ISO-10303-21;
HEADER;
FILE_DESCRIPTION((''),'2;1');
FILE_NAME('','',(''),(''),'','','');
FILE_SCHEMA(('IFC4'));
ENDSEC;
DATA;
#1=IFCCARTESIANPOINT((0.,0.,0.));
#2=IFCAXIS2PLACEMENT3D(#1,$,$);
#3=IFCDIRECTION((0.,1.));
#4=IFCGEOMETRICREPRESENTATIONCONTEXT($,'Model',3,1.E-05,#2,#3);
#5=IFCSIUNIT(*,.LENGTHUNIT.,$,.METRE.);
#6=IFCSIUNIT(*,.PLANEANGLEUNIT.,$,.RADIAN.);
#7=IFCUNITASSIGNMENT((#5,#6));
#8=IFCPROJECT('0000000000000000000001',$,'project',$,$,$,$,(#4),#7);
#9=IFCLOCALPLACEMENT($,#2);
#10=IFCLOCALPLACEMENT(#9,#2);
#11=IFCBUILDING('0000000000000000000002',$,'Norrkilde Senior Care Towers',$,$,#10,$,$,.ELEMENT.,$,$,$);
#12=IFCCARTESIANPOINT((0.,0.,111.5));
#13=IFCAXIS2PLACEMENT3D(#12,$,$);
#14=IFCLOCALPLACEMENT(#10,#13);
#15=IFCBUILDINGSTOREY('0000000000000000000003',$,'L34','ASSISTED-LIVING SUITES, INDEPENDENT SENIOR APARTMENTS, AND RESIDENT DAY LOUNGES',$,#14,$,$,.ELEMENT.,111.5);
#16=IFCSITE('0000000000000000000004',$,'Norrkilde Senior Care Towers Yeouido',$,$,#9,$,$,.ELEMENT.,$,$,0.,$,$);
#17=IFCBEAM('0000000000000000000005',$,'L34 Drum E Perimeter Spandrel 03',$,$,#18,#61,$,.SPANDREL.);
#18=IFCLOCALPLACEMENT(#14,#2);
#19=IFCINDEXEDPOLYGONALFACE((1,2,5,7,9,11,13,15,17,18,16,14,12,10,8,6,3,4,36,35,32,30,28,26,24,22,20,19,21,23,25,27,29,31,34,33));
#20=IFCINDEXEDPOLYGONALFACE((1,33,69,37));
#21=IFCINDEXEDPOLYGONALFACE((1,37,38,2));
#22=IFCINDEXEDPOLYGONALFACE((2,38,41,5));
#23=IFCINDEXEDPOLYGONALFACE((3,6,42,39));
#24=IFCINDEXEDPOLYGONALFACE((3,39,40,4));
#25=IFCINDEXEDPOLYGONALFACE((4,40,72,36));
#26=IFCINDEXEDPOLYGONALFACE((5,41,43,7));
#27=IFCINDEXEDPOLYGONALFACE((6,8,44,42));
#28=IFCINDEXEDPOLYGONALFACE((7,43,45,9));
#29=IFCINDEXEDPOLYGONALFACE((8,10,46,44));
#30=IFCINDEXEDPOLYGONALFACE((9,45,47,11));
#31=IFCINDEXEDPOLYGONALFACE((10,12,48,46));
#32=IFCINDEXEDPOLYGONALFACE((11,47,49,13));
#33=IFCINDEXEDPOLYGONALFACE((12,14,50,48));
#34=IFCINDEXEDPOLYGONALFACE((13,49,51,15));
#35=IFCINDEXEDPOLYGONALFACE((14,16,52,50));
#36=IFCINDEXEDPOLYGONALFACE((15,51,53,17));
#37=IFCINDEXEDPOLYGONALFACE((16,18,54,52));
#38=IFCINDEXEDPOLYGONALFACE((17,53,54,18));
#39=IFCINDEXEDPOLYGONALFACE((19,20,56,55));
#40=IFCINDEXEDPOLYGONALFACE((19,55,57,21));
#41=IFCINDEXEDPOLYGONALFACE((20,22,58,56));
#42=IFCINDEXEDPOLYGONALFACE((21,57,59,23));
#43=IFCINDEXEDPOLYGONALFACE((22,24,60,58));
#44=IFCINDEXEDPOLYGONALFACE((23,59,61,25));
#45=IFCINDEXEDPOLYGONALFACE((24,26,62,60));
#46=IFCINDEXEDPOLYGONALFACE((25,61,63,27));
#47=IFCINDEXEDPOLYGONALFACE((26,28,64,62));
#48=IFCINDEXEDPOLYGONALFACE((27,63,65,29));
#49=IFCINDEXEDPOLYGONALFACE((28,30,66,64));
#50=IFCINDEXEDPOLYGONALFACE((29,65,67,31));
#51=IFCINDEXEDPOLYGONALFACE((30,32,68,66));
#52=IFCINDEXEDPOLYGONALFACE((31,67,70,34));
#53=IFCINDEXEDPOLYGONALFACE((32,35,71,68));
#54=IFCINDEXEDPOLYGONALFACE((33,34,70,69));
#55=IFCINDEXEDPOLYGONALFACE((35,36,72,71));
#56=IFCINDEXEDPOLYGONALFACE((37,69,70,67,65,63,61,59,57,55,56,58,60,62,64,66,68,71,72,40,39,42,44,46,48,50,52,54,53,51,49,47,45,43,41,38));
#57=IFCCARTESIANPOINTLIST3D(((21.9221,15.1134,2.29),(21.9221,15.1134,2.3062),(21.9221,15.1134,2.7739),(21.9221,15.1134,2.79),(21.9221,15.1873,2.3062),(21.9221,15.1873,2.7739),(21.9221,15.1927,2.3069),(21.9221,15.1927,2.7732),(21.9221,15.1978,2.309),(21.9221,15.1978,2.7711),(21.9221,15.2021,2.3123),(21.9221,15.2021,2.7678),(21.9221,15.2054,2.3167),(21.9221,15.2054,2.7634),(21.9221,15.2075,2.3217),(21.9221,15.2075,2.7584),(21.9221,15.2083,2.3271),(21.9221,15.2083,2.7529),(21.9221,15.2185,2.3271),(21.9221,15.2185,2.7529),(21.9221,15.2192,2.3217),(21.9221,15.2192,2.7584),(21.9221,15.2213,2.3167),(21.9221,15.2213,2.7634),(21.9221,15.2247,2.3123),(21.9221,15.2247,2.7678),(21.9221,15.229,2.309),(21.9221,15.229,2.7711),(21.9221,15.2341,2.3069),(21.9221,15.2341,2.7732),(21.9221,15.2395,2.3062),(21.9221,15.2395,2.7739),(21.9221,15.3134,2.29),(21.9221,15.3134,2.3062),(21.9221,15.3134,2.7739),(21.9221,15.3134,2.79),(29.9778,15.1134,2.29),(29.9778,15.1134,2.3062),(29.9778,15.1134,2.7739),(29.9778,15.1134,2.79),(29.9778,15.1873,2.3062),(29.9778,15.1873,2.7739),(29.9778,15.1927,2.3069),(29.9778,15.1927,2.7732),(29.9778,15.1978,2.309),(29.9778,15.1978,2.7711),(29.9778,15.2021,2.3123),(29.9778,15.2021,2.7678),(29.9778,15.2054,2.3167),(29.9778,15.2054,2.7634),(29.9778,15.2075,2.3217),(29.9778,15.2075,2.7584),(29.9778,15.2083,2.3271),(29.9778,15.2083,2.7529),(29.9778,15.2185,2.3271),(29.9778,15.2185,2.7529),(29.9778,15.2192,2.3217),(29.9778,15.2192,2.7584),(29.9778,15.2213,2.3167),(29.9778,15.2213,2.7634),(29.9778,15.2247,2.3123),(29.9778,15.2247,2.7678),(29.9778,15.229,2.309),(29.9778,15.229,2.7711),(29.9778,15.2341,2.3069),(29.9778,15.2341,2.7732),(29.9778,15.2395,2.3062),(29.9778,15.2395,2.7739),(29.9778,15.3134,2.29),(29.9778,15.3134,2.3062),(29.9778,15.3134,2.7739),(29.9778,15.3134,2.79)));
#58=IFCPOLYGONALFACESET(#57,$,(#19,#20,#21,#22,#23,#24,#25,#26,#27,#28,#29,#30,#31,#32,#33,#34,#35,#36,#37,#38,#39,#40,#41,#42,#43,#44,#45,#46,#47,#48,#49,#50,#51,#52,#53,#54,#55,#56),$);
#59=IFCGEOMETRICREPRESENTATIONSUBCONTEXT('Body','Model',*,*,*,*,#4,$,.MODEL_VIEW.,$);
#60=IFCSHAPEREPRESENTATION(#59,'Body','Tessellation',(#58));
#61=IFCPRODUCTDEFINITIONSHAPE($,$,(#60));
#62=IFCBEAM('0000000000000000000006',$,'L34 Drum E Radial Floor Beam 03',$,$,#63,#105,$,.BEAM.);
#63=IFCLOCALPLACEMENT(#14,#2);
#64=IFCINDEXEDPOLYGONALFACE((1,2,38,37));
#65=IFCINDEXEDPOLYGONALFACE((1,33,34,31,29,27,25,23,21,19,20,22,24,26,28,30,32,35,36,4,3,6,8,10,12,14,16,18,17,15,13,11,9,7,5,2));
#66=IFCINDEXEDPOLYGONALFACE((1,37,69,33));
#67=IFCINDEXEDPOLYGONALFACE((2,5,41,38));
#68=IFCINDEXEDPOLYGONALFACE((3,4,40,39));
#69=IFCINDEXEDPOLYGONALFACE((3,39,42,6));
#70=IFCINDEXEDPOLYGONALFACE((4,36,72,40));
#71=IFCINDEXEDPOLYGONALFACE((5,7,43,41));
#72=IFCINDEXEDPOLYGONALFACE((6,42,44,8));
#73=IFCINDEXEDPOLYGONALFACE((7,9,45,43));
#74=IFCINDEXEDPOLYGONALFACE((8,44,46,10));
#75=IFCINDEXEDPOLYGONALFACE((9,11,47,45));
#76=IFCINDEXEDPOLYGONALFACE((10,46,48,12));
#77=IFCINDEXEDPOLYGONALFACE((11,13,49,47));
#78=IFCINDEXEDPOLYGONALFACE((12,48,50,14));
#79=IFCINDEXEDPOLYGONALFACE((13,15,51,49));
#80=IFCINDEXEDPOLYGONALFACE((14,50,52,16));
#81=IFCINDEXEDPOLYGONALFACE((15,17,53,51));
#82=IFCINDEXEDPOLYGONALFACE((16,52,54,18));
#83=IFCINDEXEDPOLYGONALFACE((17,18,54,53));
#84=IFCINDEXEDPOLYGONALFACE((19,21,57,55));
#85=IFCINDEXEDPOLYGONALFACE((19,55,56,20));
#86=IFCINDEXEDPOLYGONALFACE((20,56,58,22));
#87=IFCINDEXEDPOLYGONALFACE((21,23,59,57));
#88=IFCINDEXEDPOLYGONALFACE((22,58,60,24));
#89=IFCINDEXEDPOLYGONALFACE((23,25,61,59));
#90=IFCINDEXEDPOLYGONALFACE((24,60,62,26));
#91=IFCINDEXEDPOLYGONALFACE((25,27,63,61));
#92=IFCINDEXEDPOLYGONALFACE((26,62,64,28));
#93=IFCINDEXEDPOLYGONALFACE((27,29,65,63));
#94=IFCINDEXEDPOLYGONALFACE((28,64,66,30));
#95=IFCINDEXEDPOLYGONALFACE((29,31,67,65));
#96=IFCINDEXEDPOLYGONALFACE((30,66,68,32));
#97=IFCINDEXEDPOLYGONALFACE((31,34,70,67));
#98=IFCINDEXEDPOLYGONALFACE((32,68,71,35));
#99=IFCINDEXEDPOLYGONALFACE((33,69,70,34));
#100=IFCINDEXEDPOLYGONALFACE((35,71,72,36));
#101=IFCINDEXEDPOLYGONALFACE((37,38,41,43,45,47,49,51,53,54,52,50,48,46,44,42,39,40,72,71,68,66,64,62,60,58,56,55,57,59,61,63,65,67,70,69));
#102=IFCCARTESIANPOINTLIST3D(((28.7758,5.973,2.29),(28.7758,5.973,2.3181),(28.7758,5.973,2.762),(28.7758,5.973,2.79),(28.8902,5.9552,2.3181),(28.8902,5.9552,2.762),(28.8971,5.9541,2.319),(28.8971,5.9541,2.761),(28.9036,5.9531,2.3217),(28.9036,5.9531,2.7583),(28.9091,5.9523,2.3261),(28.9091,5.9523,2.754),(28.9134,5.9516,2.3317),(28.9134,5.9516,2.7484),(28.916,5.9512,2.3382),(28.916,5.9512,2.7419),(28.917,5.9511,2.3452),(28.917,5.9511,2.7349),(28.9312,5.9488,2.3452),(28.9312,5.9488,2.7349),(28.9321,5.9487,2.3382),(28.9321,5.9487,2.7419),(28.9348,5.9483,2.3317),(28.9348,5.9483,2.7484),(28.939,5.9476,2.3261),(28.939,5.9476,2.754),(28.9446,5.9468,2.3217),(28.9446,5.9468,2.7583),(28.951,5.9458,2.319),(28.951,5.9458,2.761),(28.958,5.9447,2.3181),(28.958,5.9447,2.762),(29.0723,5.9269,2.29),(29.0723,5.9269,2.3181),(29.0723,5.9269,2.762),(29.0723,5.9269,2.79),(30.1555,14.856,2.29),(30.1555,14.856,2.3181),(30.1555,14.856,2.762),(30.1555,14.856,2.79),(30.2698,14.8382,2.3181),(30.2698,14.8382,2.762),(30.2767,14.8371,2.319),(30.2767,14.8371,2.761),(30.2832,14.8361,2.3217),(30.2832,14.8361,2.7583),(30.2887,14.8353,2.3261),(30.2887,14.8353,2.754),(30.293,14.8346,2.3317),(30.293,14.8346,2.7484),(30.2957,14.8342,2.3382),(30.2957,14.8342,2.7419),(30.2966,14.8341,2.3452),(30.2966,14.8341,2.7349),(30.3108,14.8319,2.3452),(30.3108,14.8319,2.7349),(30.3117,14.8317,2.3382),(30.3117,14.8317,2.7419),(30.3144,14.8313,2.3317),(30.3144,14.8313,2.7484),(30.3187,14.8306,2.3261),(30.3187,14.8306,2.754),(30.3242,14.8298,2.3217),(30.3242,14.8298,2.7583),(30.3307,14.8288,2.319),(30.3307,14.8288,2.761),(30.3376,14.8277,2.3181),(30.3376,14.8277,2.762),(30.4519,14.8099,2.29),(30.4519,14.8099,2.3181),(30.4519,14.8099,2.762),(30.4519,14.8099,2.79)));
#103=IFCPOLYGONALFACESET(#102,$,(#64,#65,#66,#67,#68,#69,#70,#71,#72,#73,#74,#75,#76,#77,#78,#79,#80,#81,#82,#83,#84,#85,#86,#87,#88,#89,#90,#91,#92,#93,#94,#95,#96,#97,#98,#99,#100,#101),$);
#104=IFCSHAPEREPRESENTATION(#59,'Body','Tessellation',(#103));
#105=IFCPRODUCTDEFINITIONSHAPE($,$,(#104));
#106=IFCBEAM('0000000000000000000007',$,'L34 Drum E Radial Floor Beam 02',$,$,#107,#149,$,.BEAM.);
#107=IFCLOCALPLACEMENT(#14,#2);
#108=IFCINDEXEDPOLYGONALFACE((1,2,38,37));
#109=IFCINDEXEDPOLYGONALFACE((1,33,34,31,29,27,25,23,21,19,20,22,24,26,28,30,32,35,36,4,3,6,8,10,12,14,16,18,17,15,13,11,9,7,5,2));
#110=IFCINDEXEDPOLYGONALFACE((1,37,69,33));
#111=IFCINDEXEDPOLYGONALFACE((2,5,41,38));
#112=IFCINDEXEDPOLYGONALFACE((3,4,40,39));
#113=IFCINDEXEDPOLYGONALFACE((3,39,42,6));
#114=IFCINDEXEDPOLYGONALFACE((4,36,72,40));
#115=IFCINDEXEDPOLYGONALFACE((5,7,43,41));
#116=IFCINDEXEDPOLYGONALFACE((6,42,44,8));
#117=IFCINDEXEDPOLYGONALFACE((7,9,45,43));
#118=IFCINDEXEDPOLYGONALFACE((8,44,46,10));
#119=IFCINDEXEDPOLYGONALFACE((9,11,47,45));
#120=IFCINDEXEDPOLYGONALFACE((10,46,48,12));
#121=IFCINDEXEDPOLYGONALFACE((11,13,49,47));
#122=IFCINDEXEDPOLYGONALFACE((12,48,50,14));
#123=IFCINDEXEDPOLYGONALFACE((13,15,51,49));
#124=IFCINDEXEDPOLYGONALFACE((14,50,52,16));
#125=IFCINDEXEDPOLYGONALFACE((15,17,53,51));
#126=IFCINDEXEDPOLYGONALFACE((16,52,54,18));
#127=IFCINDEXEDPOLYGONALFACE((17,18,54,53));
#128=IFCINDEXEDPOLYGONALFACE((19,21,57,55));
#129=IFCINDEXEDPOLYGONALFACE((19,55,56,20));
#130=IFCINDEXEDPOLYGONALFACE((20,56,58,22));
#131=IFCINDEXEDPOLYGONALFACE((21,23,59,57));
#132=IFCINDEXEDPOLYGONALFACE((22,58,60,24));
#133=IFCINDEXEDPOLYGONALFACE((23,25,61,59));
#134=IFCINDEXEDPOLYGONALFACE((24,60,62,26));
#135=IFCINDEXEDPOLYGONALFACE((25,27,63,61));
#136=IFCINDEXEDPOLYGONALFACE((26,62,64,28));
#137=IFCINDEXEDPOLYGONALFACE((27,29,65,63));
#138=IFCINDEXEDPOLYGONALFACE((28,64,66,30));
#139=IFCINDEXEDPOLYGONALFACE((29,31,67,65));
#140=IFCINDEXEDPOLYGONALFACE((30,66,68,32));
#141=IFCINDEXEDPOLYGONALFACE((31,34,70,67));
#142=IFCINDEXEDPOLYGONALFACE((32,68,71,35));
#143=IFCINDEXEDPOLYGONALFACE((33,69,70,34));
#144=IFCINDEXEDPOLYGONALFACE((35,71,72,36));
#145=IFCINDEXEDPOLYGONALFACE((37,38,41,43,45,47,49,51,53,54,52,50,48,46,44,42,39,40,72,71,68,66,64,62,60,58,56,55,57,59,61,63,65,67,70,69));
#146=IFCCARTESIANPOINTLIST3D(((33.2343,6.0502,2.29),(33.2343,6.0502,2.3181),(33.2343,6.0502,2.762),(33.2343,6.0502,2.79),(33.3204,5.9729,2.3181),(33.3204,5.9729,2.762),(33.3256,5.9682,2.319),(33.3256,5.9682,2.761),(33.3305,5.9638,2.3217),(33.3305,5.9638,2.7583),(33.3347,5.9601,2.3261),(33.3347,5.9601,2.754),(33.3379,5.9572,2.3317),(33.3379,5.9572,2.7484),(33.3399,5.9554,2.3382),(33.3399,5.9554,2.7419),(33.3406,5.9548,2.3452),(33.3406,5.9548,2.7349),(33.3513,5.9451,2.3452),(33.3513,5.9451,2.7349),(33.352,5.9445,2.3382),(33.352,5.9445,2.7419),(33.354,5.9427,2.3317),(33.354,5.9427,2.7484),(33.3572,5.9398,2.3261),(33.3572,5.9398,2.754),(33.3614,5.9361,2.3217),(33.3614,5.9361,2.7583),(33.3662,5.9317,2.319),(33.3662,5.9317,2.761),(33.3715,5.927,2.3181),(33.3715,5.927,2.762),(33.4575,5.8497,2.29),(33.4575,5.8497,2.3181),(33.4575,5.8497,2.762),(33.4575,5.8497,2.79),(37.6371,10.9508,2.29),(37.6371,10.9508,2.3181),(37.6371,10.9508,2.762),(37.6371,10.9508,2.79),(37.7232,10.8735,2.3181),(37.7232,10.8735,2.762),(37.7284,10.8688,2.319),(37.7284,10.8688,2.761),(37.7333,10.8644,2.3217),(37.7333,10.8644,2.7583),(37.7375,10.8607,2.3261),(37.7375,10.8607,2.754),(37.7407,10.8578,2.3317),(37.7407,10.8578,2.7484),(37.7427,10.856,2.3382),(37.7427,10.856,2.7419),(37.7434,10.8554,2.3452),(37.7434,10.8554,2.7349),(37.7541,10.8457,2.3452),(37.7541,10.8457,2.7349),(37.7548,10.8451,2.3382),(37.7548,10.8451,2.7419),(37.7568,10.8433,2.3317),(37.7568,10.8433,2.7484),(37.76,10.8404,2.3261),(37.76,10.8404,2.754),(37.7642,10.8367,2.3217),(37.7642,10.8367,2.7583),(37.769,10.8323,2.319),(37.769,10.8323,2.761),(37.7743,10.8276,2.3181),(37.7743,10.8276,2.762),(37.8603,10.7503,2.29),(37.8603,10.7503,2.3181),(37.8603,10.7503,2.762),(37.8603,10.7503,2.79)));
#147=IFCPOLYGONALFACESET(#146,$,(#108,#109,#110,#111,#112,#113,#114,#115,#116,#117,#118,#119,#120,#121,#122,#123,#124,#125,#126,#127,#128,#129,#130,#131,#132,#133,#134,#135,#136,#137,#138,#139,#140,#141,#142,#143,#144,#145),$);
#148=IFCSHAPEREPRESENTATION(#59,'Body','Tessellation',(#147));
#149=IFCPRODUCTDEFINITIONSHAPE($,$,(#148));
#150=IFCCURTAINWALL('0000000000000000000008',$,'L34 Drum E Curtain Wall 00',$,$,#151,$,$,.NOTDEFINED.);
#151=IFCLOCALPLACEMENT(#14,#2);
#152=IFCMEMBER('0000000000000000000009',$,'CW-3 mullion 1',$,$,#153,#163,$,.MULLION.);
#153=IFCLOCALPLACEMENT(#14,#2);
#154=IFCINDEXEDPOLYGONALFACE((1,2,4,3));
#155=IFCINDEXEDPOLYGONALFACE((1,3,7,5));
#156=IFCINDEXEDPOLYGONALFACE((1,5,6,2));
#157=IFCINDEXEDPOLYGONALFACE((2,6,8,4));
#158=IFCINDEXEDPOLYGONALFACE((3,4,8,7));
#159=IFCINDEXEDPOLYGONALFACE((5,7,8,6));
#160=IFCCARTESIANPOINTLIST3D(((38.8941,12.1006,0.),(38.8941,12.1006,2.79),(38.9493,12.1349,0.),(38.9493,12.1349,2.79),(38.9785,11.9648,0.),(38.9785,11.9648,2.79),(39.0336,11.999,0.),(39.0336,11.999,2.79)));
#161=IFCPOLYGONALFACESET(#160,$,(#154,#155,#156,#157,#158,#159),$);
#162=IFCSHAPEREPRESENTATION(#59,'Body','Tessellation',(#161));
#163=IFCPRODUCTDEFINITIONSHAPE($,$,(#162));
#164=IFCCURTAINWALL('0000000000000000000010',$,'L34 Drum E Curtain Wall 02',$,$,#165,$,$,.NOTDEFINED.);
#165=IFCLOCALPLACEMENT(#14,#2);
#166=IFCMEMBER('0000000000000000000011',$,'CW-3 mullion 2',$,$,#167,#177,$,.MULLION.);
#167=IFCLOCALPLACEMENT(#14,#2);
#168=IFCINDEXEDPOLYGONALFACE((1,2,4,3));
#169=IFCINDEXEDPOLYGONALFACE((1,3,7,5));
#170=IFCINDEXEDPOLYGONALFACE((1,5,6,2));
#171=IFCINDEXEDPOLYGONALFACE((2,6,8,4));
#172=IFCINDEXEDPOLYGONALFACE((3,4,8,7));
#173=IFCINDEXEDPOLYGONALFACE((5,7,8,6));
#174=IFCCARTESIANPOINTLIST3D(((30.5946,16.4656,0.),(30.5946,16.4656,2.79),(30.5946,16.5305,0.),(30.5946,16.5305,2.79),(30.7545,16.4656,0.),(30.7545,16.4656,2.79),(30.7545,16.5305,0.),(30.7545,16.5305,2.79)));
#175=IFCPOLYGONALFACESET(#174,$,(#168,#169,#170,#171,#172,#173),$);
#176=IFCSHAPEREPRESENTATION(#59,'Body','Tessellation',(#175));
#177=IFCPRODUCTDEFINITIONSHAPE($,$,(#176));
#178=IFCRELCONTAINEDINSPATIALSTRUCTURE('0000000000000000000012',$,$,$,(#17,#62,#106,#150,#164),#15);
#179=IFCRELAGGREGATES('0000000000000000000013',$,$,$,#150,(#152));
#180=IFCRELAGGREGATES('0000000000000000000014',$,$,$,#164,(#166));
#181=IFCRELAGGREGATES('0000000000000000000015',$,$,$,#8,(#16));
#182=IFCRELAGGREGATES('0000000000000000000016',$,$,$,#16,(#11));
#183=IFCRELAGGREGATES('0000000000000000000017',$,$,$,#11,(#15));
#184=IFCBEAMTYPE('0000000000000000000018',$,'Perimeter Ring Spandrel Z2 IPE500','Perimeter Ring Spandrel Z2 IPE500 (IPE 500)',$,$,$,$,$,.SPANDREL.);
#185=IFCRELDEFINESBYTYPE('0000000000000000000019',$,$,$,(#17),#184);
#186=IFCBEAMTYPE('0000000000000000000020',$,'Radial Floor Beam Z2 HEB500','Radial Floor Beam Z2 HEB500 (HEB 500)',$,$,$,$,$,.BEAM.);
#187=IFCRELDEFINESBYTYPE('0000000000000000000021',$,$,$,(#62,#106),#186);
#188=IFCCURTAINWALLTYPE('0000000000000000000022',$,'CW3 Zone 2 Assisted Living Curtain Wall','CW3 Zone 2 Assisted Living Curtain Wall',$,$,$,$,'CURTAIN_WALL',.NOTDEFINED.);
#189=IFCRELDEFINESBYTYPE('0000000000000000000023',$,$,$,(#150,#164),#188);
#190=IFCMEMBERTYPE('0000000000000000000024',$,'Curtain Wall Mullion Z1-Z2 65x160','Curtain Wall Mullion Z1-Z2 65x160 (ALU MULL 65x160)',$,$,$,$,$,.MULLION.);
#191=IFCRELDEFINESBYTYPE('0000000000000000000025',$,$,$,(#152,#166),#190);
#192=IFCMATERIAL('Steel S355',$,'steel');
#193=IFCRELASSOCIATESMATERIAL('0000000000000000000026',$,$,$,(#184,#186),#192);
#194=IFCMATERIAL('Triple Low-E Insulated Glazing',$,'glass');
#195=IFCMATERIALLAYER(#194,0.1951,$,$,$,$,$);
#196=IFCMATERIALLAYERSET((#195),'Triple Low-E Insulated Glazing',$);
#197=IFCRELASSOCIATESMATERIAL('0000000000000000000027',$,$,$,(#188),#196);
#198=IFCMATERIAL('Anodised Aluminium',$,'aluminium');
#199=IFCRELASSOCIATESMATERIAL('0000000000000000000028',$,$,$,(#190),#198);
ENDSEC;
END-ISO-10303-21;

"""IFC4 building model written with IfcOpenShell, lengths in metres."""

from ifc_helpers import new_model, si_unit, direction, frame, origin, origin_2d, place, context, subcontext, project, spatial, rectangle, i_section, extrude, source, transform, mapped, material, layer, layer_set, material_profile, profile_set, type_object, type_shapes, element, aggregate, save


model = new_model("IFC4")

# Units and contexts
model_context = context("Model", 3, precision=1e-05, world=origin(), true_north=direction((0.0, 1.0)))
body_context = subcontext(model_context, "Body", "Model", "MODEL_VIEW")
ifc_project = project(units=[si_unit("LENGTHUNIT", "METRE"), si_unit("PLANEANGLEUNIT", "RADIAN")], contexts=[model_context])

# Site, building, storey
site_placement = place(None, origin())
site = spatial("IfcSite", under=ifc_project, at=site_placement, Name="Norrkilde Senior Care Towers Yeouido", CompositionType="ELEMENT", RefElevation=0.0)
building_placement = place(site_placement, origin())
building = spatial("IfcBuilding", under=site, at=building_placement, Name="Norrkilde Senior Care Towers", CompositionType="ELEMENT")
storey_placement = place(building_placement, frame((0.0, 0.0, 111.5)))
storey = spatial("IfcBuildingStorey", under=building, at=storey_placement, Name="L34", Description="ASSISTED-LIVING SUITES, INDEPENDENT SENIOR APARTMENTS, AND RESIDENT DAY LOUNGES", CompositionType="ELEMENT", Elevation=111.5)

# Beams
ifc_material_1 = material(Name="Steel S355", Category="steel")
ifc_material_profile_1 = material_profile(ifc_material_1, i_section(OverallWidth=0.2, OverallDepth=0.5, WebThickness=0.0103, FlangeThickness=0.0161, FilletRadius=0.021, at=origin_2d()), Name="IPE 500")
ifc_profile_set_1 = profile_set([ifc_material_profile_1], Name="Steel S355")
beam_type_1 = type_object("IfcBeamType", Name="Perimeter Ring Spandrel Z2 IPE500", Description="Perimeter Ring Spandrel Z2 IPE500 (IPE 500)", PredefinedType="SPANDREL", material=ifc_profile_set_1)
shared_shape_1 = source(origin(), body_context, "Body", "SweptSolid", [
    extrude(i_section(OverallWidth=0.2, OverallDepth=0.5, WebThickness=0.0103, FlangeThickness=0.0161, FilletRadius=0.021, at=origin_2d()), origin(), (0.0, 0.0, 1.0), 8.0557),
])
beam_1_placement = place(storey_placement, frame((29.9778, 15.2134, 2.54), z_axis=(-1.0, 0.0, 0.0), x_axis=(0.0, -1.0, 0.0)))
element("IfcBeam", 1, at=beam_1_placement, inside=storey, type_object=beam_type_1, Name="L34 Drum E Perimeter Spandrel 03", PredefinedType="SPANDREL", context=body_context, shape_type="MappedRepresentation", body=[
    mapped(shared_shape_1, transform((0.0, 0.0, 0.0), x_axis=(1.0, 0.0, 0.0), y_axis=(0.0, 1.0, 0.0), z_axis=(0.0, 0.0, 1.0), scale=1.0)),
])
ifc_material_profile_2 = material_profile(ifc_material_1, i_section(OverallWidth=0.3, OverallDepth=0.5, WebThickness=0.0144, FlangeThickness=0.0281, FilletRadius=0.0271, at=origin_2d()), Name="HEB 500")
ifc_profile_set_2 = profile_set([ifc_material_profile_2], Name="Steel S355")
beam_type_2 = type_object("IfcBeamType", Name="Radial Floor Beam Z2 HEB500", Description="Radial Floor Beam Z2 HEB500 (HEB 500)", PredefinedType="BEAM", material=ifc_profile_set_2)
shared_shape_2 = source(origin(), body_context, "Body", "SweptSolid", [
    extrude(i_section(OverallWidth=0.3, OverallDepth=0.5, WebThickness=0.0144, FlangeThickness=0.0281, FilletRadius=0.0271, at=origin_2d()), origin(), (0.0, 0.0, 1.0), 8.9895),
])
beam_2_placement = place(storey_placement, frame((28.9241, 5.95, 2.54), z_axis=(0.153471, 0.988153, 0.0), x_axis=(-0.988153, 0.153471, 0.0)))
element("IfcBeam", 2, at=beam_2_placement, inside=storey, type_object=beam_type_2, Name="L34 Drum E Radial Floor Beam 03", PredefinedType="BEAM", context=body_context, shape_type="MappedRepresentation", body=[
    mapped(shared_shape_2, transform((0.0, 0.0, 0.0), x_axis=(1.0, 0.0, 0.0), y_axis=(0.0, 1.0, 0.0), z_axis=(0.0, 0.0, 1.0), scale=1.0)),
])
shared_shape_3 = source(origin(), body_context, "Body", "SweptSolid", [
    extrude(i_section(OverallWidth=0.3, OverallDepth=0.5, WebThickness=0.0144, FlangeThickness=0.0281, FilletRadius=0.0271, at=origin_2d()), origin(), (0.0, 0.0, 1.0), 6.5879),
])
type_shapes(beam_type_2, [shared_shape_2, shared_shape_3])
beam_3_placement = place(storey_placement, frame((33.3459, 5.95, 2.54), z_axis=(0.668315, 0.743878, 0.0), x_axis=(-0.743878, 0.668315, 0.0)))
element("IfcBeam", 3, at=beam_3_placement, inside=storey, type_object=beam_type_2, Name="L34 Drum E Radial Floor Beam 02", PredefinedType="BEAM", context=body_context, shape_type="MappedRepresentation", body=[
    mapped(shared_shape_3, transform((0.0, 0.0, 0.0), x_axis=(1.0, 0.0, 0.0), y_axis=(0.0, 1.0, 0.0), z_axis=(0.0, 0.0, 1.0), scale=1.0)),
])

# Curtain walls, members
ifc_material_2 = material(Name="Triple Low-E Insulated Glazing", Category="glass")
ifc_layer_1 = layer(ifc_material_2, 0.1951)
ifc_layer_set_1 = layer_set([ifc_layer_1], Name="Triple Low-E Insulated Glazing")
curtain_wall_type = type_object("IfcCurtainWallType", Name="CW3 Zone 2 Assisted Living Curtain Wall", Description="CW3 Zone 2 Assisted Living Curtain Wall", ElementType="CURTAIN_WALL", PredefinedType="NOTDEFINED", material=ifc_layer_set_1)
curtain_wall_1_placement = place(storey_placement, origin())
curtain_wall_1 = element("IfcCurtainWall", 4, at=curtain_wall_1_placement, inside=storey, type_object=curtain_wall_type, Name="L34 Drum E Curtain Wall 00", PredefinedType="NOTDEFINED")
ifc_material_3 = material(Name="Anodised Aluminium", Category="aluminium")
ifc_material_profile_3 = material_profile(ifc_material_3, rectangle(XDim=0.0649, YDim=0.1599, at=origin_2d()), Name="ALU MULL 65x160")
ifc_profile_set_3 = profile_set([ifc_material_profile_3], Name="Anodised Aluminium")
member_type_1 = type_object("IfcMemberType", Name="Curtain Wall Mullion Z1-Z2 65x160", Description="Curtain Wall Mullion Z1-Z2 65x160 (ALU MULL 65x160)", PredefinedType="MULLION", material=ifc_profile_set_3)
shared_shape_4 = source(origin(), body_context, "Body", "SweptSolid", [
    extrude(rectangle(XDim=0.0649, YDim=0.1599, at=origin_2d()), origin(), (0.0, 0.0, 1.0), 2.79),
])
type_shapes(member_type_1, [shared_shape_4])
member_1_placement = place(storey_placement, frame((38.9639, 12.0498, 0.0), z_axis=(0.0, 0.0, 1.0), x_axis=(0.84941, 0.527733, 0.0)))
member_1 = element("IfcMember", 5, at=member_1_placement, type_object=member_type_1, Name="CW-3 mullion 1", PredefinedType="MULLION", context=body_context, shape_type="MappedRepresentation", body=[
    mapped(shared_shape_4, transform((0.0, 0.0, 0.0), x_axis=(1.0, 0.0, 0.0), y_axis=(0.0, 1.0, 0.0), z_axis=(0.0, 0.0, 1.0), scale=1.0)),
])
curtain_wall_2_placement = place(storey_placement, origin())
curtain_wall_2 = element("IfcCurtainWall", 6, at=curtain_wall_2_placement, inside=storey, type_object=curtain_wall_type, Name="L34 Drum E Curtain Wall 02", PredefinedType="NOTDEFINED")
member_2_placement = place(storey_placement, frame((30.6746, 16.498, 0.0), z_axis=(0.0, 0.0, 1.0), x_axis=(0.0, 1.0, 0.0)))
member_2 = element("IfcMember", 7, at=member_2_placement, type_object=member_type_1, Name="CW-3 mullion 2", PredefinedType="MULLION", context=body_context, shape_type="MappedRepresentation", body=[
    mapped(shared_shape_4, transform((0.0, 0.0, 0.0), x_axis=(1.0, 0.0, 0.0), y_axis=(0.0, 1.0, 0.0), z_axis=(0.0, 0.0, 1.0), scale=1.0)),
])

aggregate(curtain_wall_1, [member_1])
aggregate(curtain_wall_2, [member_2])

save(model, "model.ifc")
